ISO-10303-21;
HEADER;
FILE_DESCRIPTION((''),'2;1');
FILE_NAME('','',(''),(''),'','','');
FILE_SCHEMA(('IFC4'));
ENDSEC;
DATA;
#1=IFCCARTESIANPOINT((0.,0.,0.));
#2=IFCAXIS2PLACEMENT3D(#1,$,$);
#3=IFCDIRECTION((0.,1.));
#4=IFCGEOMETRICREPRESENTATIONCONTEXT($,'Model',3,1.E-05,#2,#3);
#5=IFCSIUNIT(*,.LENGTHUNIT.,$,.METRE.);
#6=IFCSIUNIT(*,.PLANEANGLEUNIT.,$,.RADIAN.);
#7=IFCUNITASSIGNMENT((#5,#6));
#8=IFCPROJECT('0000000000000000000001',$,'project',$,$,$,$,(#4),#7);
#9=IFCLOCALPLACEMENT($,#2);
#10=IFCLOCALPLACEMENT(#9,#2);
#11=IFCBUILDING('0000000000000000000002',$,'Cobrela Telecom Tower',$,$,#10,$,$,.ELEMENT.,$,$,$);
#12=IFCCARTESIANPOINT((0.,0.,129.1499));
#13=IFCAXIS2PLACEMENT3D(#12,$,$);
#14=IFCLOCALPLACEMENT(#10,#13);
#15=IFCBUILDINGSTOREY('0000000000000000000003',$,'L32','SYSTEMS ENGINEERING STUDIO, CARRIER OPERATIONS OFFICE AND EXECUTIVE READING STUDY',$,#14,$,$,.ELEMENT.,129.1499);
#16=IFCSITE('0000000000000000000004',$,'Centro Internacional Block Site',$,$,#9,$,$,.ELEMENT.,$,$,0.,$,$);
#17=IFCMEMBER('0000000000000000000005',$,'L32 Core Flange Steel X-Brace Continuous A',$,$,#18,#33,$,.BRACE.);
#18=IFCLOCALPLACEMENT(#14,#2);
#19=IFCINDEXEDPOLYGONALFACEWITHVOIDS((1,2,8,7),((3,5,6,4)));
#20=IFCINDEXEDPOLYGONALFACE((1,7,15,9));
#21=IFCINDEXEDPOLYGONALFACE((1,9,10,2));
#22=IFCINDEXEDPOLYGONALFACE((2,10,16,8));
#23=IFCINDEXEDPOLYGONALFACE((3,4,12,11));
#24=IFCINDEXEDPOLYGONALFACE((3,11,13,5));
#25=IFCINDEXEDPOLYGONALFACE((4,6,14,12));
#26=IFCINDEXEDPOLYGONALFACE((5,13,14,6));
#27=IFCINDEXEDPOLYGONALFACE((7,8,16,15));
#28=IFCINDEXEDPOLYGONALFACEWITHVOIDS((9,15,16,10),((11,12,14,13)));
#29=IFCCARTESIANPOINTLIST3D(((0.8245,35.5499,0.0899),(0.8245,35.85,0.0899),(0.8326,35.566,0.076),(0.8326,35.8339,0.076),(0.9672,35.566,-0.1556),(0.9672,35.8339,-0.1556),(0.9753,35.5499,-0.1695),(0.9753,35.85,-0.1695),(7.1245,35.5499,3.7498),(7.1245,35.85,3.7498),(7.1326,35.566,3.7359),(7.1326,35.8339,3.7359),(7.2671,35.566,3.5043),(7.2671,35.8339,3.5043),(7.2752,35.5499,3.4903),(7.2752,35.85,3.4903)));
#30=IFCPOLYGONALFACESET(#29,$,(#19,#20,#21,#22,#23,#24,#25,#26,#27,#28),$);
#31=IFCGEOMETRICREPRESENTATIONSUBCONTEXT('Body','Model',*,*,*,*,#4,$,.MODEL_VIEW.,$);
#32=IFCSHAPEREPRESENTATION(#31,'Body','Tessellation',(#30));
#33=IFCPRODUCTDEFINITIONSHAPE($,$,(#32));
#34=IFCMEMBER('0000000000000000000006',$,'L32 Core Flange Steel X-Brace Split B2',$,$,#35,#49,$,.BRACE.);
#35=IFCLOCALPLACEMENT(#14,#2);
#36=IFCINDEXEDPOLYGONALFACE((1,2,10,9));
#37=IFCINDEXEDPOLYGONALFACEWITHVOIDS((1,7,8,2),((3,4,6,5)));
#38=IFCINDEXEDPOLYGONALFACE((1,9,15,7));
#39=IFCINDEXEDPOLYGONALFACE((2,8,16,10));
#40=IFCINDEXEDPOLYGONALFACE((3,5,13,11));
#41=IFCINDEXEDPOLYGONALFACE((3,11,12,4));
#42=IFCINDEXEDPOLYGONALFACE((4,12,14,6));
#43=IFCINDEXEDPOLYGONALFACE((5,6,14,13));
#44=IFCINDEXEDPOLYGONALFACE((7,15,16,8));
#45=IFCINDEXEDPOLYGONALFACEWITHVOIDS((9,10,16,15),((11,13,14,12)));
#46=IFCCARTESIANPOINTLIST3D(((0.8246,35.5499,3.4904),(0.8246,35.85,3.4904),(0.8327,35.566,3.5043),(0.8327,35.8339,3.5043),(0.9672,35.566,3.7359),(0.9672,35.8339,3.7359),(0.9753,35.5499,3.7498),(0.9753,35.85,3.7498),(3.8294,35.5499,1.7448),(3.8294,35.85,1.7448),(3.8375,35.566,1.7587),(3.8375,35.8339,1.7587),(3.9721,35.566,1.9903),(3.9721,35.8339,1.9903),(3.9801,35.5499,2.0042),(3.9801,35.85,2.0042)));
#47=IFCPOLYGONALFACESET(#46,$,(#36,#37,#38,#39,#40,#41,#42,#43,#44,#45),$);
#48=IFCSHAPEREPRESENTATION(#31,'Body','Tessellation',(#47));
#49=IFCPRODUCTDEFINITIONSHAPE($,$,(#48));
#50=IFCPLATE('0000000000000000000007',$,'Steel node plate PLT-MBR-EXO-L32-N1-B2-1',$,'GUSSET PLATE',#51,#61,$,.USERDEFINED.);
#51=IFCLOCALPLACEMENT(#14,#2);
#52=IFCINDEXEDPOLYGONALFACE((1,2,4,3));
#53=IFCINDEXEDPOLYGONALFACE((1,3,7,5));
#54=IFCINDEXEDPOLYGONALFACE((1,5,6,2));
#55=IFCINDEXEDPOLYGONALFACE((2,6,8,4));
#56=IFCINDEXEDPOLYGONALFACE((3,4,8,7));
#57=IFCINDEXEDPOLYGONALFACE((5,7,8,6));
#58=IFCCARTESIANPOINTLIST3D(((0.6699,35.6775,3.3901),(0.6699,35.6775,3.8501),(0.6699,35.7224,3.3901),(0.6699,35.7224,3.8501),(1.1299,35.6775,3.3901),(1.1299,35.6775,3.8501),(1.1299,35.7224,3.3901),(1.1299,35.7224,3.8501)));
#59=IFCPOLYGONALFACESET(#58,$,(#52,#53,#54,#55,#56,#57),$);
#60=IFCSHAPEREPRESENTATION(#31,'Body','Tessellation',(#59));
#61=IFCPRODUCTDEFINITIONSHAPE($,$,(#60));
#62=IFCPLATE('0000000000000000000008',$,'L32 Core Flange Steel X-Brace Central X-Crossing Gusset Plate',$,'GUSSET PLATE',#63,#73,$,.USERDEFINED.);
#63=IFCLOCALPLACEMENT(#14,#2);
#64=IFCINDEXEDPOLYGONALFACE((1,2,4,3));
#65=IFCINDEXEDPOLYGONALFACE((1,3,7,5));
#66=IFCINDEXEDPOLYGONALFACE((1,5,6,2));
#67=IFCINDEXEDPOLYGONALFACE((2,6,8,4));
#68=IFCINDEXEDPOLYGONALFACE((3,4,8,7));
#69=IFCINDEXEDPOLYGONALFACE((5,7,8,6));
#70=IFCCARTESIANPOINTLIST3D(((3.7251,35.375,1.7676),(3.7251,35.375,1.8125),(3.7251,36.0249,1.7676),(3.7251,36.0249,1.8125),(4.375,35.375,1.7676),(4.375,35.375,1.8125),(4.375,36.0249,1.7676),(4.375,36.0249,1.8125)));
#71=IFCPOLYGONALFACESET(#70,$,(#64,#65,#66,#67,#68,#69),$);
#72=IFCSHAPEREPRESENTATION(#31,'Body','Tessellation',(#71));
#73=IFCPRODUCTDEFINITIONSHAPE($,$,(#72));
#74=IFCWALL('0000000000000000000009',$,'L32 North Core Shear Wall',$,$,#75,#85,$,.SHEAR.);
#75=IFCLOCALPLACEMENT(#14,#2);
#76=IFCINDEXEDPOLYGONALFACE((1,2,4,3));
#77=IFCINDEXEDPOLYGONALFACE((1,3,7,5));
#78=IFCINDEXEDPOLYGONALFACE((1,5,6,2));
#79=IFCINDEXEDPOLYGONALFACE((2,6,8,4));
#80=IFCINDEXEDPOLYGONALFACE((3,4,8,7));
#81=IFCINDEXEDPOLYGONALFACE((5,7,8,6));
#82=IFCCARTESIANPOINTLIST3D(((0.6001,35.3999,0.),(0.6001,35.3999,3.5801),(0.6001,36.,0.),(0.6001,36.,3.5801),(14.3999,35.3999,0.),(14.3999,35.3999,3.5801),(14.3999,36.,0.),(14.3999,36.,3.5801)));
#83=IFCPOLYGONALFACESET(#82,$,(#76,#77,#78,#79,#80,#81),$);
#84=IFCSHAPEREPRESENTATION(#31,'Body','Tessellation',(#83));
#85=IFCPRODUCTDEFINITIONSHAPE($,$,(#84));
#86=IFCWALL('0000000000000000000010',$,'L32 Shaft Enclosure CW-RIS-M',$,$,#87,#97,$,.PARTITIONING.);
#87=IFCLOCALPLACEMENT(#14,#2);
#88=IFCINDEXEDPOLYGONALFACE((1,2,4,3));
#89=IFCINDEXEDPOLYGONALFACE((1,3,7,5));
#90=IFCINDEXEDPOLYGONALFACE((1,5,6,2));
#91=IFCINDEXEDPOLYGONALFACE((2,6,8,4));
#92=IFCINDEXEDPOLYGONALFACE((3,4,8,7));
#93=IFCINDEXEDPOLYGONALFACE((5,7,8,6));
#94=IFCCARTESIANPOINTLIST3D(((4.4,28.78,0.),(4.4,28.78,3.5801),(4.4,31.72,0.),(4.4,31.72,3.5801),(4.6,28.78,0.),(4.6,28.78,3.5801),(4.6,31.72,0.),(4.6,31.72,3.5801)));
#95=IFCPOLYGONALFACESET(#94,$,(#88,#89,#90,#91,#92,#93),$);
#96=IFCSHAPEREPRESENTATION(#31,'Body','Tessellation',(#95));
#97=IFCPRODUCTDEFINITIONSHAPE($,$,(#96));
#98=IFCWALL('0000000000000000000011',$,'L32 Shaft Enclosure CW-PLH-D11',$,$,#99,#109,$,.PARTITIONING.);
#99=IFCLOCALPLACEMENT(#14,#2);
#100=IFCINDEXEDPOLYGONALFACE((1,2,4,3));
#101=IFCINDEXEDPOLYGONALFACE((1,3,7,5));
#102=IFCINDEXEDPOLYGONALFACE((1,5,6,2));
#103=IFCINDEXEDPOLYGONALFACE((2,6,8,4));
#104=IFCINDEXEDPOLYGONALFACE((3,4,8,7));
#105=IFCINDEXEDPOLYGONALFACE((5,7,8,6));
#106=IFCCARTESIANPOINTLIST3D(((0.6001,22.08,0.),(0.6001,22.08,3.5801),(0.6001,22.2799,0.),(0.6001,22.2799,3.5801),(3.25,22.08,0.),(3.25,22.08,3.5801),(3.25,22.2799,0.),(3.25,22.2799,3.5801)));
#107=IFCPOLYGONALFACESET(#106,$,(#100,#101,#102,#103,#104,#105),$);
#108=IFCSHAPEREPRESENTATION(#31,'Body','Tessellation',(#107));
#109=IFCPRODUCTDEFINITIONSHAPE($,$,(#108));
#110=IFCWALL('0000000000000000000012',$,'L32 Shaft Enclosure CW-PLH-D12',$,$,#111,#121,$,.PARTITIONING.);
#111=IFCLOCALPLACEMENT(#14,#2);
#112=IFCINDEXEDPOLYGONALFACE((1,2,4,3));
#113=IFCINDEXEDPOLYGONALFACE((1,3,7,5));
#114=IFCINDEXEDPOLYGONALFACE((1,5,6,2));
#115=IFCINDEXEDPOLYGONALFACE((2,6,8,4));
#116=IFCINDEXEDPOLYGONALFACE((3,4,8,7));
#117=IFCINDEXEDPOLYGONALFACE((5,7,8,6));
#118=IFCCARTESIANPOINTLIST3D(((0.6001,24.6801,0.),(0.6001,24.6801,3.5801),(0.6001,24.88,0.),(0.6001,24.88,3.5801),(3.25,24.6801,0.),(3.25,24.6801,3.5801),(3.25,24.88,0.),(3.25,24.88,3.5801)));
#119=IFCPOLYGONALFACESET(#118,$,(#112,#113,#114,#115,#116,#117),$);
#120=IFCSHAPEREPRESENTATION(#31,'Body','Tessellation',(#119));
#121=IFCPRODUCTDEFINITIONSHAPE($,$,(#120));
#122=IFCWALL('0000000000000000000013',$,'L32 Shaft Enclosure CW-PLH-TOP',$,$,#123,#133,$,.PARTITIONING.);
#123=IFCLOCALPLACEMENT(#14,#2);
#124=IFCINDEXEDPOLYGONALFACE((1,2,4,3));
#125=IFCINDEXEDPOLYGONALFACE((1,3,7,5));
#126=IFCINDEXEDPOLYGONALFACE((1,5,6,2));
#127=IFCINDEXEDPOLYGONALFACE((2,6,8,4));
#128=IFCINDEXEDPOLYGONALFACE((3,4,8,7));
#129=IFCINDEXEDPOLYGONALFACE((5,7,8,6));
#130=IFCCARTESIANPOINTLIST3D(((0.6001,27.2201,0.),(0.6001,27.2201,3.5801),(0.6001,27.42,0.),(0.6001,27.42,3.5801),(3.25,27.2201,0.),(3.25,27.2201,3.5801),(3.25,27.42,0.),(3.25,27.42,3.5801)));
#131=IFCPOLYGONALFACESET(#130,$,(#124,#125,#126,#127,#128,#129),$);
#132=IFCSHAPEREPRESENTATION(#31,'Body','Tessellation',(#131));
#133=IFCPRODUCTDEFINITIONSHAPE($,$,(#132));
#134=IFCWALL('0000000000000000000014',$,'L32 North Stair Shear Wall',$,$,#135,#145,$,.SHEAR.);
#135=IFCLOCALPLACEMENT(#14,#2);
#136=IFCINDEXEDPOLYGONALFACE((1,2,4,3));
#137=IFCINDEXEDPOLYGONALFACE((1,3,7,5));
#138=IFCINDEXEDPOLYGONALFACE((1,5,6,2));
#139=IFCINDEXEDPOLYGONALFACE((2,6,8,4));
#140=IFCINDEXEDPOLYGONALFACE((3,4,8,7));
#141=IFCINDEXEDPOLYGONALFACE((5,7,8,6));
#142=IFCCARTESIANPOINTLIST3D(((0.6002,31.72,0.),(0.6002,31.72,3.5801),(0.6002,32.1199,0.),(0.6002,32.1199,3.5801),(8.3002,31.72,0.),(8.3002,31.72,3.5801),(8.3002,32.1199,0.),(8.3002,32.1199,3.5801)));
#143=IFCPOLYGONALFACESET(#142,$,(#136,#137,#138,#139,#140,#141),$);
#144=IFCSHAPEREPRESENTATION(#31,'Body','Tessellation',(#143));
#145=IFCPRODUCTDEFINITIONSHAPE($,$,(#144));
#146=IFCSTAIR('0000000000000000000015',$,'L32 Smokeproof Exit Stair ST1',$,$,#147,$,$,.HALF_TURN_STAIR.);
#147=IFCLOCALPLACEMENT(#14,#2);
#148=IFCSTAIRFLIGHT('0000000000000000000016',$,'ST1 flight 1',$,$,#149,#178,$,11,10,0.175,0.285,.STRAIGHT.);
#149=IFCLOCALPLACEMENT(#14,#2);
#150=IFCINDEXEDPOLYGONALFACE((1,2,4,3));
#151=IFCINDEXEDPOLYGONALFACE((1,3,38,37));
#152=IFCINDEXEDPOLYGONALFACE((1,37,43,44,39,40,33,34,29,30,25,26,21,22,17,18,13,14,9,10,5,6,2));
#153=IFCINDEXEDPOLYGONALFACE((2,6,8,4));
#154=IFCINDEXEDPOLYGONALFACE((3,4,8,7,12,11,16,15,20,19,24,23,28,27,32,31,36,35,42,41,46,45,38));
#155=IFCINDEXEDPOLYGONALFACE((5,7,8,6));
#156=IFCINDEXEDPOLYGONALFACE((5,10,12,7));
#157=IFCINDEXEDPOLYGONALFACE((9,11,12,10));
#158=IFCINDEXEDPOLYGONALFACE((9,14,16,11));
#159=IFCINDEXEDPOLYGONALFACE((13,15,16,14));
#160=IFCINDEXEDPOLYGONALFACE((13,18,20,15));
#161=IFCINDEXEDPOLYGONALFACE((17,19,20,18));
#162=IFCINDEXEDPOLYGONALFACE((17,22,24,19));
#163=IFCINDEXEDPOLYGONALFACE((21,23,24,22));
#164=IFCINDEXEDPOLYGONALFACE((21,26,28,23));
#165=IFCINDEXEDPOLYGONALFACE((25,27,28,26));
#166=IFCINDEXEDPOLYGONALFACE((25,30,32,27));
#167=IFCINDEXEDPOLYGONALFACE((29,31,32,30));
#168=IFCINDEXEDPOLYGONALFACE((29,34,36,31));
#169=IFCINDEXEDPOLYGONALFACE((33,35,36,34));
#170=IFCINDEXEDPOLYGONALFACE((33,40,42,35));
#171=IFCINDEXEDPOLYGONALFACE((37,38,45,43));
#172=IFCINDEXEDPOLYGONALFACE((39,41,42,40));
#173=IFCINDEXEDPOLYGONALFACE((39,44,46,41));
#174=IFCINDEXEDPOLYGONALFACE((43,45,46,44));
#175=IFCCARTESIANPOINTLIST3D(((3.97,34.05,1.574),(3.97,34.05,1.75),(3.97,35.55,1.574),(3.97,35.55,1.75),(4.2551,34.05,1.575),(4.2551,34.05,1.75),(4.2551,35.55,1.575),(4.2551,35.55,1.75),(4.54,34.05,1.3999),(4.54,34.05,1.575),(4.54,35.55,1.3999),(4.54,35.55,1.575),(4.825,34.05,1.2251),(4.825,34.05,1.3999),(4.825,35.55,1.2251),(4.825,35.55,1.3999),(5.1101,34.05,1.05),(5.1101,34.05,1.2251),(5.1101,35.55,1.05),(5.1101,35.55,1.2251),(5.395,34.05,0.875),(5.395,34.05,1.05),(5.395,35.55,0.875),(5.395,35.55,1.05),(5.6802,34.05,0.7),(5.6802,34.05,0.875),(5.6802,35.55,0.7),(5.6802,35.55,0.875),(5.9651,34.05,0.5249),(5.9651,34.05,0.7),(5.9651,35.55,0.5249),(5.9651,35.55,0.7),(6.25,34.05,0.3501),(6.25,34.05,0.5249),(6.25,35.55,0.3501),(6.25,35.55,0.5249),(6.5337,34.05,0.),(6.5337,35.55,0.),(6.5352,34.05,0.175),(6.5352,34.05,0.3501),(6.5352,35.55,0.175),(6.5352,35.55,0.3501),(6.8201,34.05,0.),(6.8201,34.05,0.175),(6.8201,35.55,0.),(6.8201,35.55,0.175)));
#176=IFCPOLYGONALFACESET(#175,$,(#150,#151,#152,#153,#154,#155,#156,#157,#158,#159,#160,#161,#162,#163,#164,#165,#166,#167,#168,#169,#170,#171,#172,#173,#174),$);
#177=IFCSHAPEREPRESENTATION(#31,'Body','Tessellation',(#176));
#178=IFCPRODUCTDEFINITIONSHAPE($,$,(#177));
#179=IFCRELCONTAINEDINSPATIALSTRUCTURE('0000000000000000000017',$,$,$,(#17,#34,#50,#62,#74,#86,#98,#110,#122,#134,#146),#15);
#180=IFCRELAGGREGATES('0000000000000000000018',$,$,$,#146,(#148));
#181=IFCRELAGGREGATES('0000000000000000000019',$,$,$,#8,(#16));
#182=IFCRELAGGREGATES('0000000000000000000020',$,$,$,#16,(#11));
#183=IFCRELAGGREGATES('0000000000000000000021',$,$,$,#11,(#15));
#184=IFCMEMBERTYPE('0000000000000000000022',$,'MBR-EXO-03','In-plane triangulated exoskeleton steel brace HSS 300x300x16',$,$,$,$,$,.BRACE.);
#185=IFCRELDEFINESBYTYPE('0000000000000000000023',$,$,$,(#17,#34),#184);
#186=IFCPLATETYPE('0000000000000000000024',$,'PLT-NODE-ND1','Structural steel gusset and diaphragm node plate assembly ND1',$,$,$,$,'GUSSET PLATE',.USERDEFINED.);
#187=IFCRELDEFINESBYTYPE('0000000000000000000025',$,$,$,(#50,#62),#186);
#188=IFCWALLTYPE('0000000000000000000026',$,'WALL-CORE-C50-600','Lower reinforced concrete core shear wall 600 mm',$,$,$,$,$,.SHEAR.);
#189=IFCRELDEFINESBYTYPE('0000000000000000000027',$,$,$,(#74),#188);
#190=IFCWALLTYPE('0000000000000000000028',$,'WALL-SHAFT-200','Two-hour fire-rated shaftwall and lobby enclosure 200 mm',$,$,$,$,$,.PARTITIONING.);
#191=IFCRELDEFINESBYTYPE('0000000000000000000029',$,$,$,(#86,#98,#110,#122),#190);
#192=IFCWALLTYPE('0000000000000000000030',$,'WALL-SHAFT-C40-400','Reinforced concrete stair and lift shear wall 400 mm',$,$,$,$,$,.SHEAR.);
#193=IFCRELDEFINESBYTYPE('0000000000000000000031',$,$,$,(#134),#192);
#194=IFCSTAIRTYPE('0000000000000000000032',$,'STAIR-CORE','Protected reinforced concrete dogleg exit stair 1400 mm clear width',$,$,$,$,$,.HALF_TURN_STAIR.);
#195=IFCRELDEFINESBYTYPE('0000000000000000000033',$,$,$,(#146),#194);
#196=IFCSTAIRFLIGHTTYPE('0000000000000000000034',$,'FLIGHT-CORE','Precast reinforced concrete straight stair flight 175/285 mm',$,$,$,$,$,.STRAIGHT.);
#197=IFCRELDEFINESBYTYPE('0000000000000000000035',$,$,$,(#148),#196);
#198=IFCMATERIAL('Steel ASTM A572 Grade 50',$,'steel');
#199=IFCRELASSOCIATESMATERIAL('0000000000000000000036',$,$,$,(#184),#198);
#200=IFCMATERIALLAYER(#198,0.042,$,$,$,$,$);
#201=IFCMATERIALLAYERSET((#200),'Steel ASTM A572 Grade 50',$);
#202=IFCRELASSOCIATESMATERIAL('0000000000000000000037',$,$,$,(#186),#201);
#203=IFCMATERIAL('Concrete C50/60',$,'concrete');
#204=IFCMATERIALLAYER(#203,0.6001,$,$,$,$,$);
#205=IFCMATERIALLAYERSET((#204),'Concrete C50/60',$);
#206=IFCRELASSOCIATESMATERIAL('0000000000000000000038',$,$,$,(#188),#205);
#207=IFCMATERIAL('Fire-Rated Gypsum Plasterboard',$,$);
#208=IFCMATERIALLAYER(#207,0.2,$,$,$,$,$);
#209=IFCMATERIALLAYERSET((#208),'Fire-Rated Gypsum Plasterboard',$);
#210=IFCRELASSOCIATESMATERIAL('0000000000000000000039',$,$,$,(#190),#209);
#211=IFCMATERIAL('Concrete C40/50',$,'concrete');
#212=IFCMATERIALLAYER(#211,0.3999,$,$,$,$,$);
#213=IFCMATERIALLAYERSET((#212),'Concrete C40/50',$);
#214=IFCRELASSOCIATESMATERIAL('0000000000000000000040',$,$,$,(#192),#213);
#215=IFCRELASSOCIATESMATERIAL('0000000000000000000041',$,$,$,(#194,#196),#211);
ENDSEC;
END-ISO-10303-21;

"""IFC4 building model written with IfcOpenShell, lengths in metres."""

from ifc_helpers import new_model, si_unit, direction, frame, frame_2d, origin, origin_2d, place, context, subcontext, project, spatial, polyline, rectangle, hollow_rectangle, outline, extrude, material, layer, layer_set, material_profile, profile_set, type_object, element, aggregate, save


model = new_model("IFC4")

# Units and contexts
model_context = context("Model", 3, precision=1e-05, world=origin(), true_north=direction((0.0, 1.0)))
body_context = subcontext(model_context, "Body", "Model", "MODEL_VIEW")
ifc_project = project(units=[si_unit("LENGTHUNIT", "METRE"), si_unit("PLANEANGLEUNIT", "RADIAN")], contexts=[model_context])

# Site, building, storey
site_placement = place(None, origin())
site = spatial("IfcSite", under=ifc_project, at=site_placement, Name="Centro Internacional Block Site", CompositionType="ELEMENT", RefElevation=0.0)
building_placement = place(site_placement, origin())
building = spatial("IfcBuilding", under=site, at=building_placement, Name="Cobrela Telecom Tower", CompositionType="ELEMENT")
storey_placement = place(building_placement, frame((0.0, 0.0, 129.1499)))
storey = spatial("IfcBuildingStorey", under=building, at=storey_placement, Name="L32", Description="SYSTEMS ENGINEERING STUDIO, CARRIER OPERATIONS OFFICE AND EXECUTIVE READING STUDY", CompositionType="ELEMENT", Elevation=129.1499)

# Members
ifc_material_1 = material(Name="Steel ASTM A572 Grade 50", Category="steel")
ifc_material_profile = material_profile(ifc_material_1, hollow_rectangle(XDim=0.3, YDim=0.3, WallThickness=0.0161, at=origin_2d()), Name="HSS 300x300x16")
ifc_profile_set = profile_set([ifc_material_profile], Name="Steel ASTM A572 Grade 50")
member_type = type_object("IfcMemberType", Name="MBR-EXO-03", Description="In-plane triangulated exoskeleton steel brace HSS 300x300x16", PredefinedType="BRACE", material=ifc_profile_set)
member_1_placement = place(storey_placement, frame((0.8999, 35.7, -0.0398), z_axis=(0.864681, 0.0, 0.502322), x_axis=(0.0, 1.0, 0.0)))
element("IfcMember", 1, at=member_1_placement, inside=storey, type_object=member_type, Name="L32 Core Flange Steel X-Brace Continuous A", PredefinedType="BRACE", context=body_context, shape_type="SweptSolid", body=[
    extrude(hollow_rectangle(XDim=0.3, YDim=0.3, WallThickness=0.0161, at=origin_2d()), origin(), (0.0, 0.0, 1.0), 7.2859),
])
member_2_placement = place(storey_placement, frame((3.9048, 35.7, 1.8745), z_axis=(-0.864685, 0.0, 0.502315), x_axis=(0.0, -1.0, 0.0)))
element("IfcMember", 2, at=member_2_placement, inside=storey, type_object=member_type, Name="L32 Core Flange Steel X-Brace Split B2", PredefinedType="BRACE", context=body_context, shape_type="SweptSolid", body=[
    extrude(hollow_rectangle(XDim=0.3, YDim=0.3, WallThickness=0.0161, at=origin_2d()), origin(), (0.0, 0.0, 1.0), 3.4751),
])

# Plates
ifc_layer_1 = layer(ifc_material_1, 0.042)
ifc_layer_set_1 = layer_set([ifc_layer_1], Name="Steel ASTM A572 Grade 50")
plate_type = type_object("IfcPlateType", Name="PLT-NODE-ND1", Description="Structural steel gusset and diaphragm node plate assembly ND1", ElementType="GUSSET PLATE", PredefinedType="USERDEFINED", material=ifc_layer_set_1)
plate_1_placement = place(storey_placement, frame((0.8999, 35.7, 3.3901), z_axis=(0.0, 0.0, 1.0), x_axis=(-1.0, 0.0, 0.0)))
element("IfcPlate", 3, at=plate_1_placement, inside=storey, type_object=plate_type, Name="Steel node plate PLT-MBR-EXO-L32-N1-B2-1", ObjectType="GUSSET PLATE", PredefinedType="USERDEFINED", context=body_context, shape_type="SweptSolid", body=[
    extrude(rectangle(XDim=0.46, YDim=0.0449, at=origin_2d()), origin(), (0.0, 0.0, 1.0), 0.46),
])
plate_2_placement = place(storey_placement, frame((4.05, 35.7, 1.7676), z_axis=(0.0, 0.0, 1.0), x_axis=(1.0, 0.0, 0.0)))
element("IfcPlate", 4, at=plate_2_placement, inside=storey, type_object=plate_type, Name="L32 Core Flange Steel X-Brace Central X-Crossing Gusset Plate", ObjectType="GUSSET PLATE", PredefinedType="USERDEFINED", context=body_context, shape_type="SweptSolid", body=[
    extrude(rectangle(XDim=0.6499, YDim=0.6499, at=origin_2d()), origin(), (0.0, 0.0, 1.0), 0.0449),
])

# Wall
ifc_material_2 = material(Name="Concrete C50/60", Category="concrete")
ifc_layer_2 = layer(ifc_material_2, 0.6001)
ifc_layer_set_2 = layer_set([ifc_layer_2], Name="Concrete C50/60")
wall_type_1 = type_object("IfcWallType", Name="WALL-CORE-C50-600", Description="Lower reinforced concrete core shear wall 600 mm", PredefinedType="SHEAR", material=ifc_layer_set_2)
wall_1_placement = place(storey_placement, frame((0.6001, 35.7, 0.0), z_axis=(0.0, 0.0, 1.0), x_axis=(1.0, 0.0, 0.0)))
element("IfcWall", 5, at=wall_1_placement, inside=storey, type_object=wall_type_1, Name="L32 North Core Shear Wall", PredefinedType="SHEAR", context=body_context, shape_type="SweptSolid", body=[
    extrude(rectangle(XDim=13.7998, YDim=0.6001, at=frame_2d((6.8999, 0.0))), origin(), (0.0, 0.0, 1.0), 3.5801),
])

# Shared definitions
ifc_material_3 = material(Name="Fire-Rated Gypsum Plasterboard")
ifc_layer_3 = layer(ifc_material_3, 0.2)
ifc_layer_set_3 = layer_set([ifc_layer_3], Name="Fire-Rated Gypsum Plasterboard")
wall_type_2 = type_object("IfcWallType", Name="WALL-SHAFT-200", Description="Two-hour fire-rated shaftwall and lobby enclosure 200 mm", PredefinedType="PARTITIONING", material=ifc_layer_set_3)

# Walls
wall_2_placement = place(storey_placement, frame((4.5, 28.78, 0.0), z_axis=(0.0, 0.0, 1.0), x_axis=(0.0, 1.0, 0.0)))
element("IfcWall", 6, at=wall_2_placement, inside=storey, type_object=wall_type_2, Name="L32 Shaft Enclosure CW-RIS-M", PredefinedType="PARTITIONING", context=body_context, shape_type="SweptSolid", body=[
    extrude(rectangle(XDim=2.9399, YDim=0.2, at=frame_2d((1.47, 0.0))), origin(), (0.0, 0.0, 1.0), 3.5801),
])
for number, where, z_axis, x_axis, name in (
    (7, (0.6001, 22.1799, 0.0), (0.0, 0.0, 1.0), (1.0, 0.0, 0.0), "L32 Shaft Enclosure CW-PLH-D11"),
    (8, (0.6001, 24.78, 0.0), (0.0, 0.0, 1.0), (1.0, 0.0, 0.0), "L32 Shaft Enclosure CW-PLH-D12"),
    (9, (0.6001, 27.3201, 0.0), (0.0, 0.0, 1.0), (1.0, 0.0, 0.0), "L32 Shaft Enclosure CW-PLH-TOP"),
):
    element("IfcWall", number, at=place(storey_placement, frame(where, z_axis=z_axis, x_axis=x_axis)), inside=storey, type_object=wall_type_2, Name=name, PredefinedType="PARTITIONING", context=body_context, shape_type="SweptSolid", body=[
        extrude(rectangle(XDim=2.6499, YDim=0.2, at=frame_2d((1.325, 0.0))), origin(), (0.0, 0.0, 1.0), 3.5801),
    ])
ifc_material_4 = material(Name="Concrete C40/50", Category="concrete")
ifc_layer_4 = layer(ifc_material_4, 0.3999)
ifc_layer_set_4 = layer_set([ifc_layer_4], Name="Concrete C40/50")
wall_type_3 = type_object("IfcWallType", Name="WALL-SHAFT-C40-400", Description="Reinforced concrete stair and lift shear wall 400 mm", PredefinedType="SHEAR", material=ifc_layer_set_4)
wall_3_placement = place(storey_placement, frame((0.6001, 31.9199, 0.0), z_axis=(0.0, 0.0, 1.0), x_axis=(1.0, 0.0, 0.0)))
element("IfcWall", 10, at=wall_3_placement, inside=storey, type_object=wall_type_3, Name="L32 North Stair Shear Wall", PredefinedType="SHEAR", context=body_context, shape_type="SweptSolid", body=[
    extrude(rectangle(XDim=7.7, YDim=0.3999, at=frame_2d((3.8501, 0.0))), origin(), (0.0, 0.0, 1.0), 3.5801),
])

# Stair, stair flight
stair_type = type_object("IfcStairType", Name="STAIR-CORE", Description="Protected reinforced concrete dogleg exit stair 1400 mm clear width", PredefinedType="HALF_TURN_STAIR", material=ifc_material_4)
stair_placement = place(storey_placement, origin())
stair = element("IfcStair", 11, at=stair_placement, inside=storey, type_object=stair_type, Name="L32 Smokeproof Exit Stair ST1", PredefinedType="HALF_TURN_STAIR")
stair_flight_type = type_object("IfcStairFlightType", Name="FLIGHT-CORE", Description="Precast reinforced concrete straight stair flight 175/285 mm", PredefinedType="STRAIGHT", material=ifc_material_4)
stair_flight_1_placement = place(storey_placement, frame((6.8201, 34.8, 0.0), z_axis=(0.0, 0.0, 1.0), x_axis=(-1.0, 0.0, 0.0)))
stair_flight_1 = element("IfcStairFlight", 12, at=stair_flight_1_placement, type_object=stair_flight_type, Name="ST1 flight 1", NumberOfRisers=11, NumberOfTreads=10, PredefinedType="STRAIGHT", RiserHeight=0.175, TreadLength=0.285, context=body_context, shape_type="SweptSolid", body=[
    extrude(outline(polyline([(0.0, 0.0), (0.0, 0.175), (0.2849, 0.175), (0.2849, 0.3501), (0.5701, 0.3501), (0.5701, 0.5249), (0.855, 0.5249), (0.855, 0.7), (1.1399, 0.7), (1.1399, 0.875), (1.425, 0.875), (1.425, 1.05), (1.71, 1.05), (1.71, 1.2251), (1.9951, 1.2251), (1.9951, 1.3999), (2.28, 1.3999), (2.28, 1.575), (2.5649, 1.575), (2.5649, 1.75), (2.8501, 1.75), (2.8501, 1.925), (2.8501, 1.574), (0.2864, 0.0), (0.0, 0.0)])), frame((0.0, 0.75, 0.0), z_axis=(0.0, -1.0, 0.0), x_axis=(1.0, 0.0, 0.0)), (0.0, 0.0, 1.0), 1.5),
])
aggregate(stair, [stair_flight_1])

save(model, "model.ifc")
